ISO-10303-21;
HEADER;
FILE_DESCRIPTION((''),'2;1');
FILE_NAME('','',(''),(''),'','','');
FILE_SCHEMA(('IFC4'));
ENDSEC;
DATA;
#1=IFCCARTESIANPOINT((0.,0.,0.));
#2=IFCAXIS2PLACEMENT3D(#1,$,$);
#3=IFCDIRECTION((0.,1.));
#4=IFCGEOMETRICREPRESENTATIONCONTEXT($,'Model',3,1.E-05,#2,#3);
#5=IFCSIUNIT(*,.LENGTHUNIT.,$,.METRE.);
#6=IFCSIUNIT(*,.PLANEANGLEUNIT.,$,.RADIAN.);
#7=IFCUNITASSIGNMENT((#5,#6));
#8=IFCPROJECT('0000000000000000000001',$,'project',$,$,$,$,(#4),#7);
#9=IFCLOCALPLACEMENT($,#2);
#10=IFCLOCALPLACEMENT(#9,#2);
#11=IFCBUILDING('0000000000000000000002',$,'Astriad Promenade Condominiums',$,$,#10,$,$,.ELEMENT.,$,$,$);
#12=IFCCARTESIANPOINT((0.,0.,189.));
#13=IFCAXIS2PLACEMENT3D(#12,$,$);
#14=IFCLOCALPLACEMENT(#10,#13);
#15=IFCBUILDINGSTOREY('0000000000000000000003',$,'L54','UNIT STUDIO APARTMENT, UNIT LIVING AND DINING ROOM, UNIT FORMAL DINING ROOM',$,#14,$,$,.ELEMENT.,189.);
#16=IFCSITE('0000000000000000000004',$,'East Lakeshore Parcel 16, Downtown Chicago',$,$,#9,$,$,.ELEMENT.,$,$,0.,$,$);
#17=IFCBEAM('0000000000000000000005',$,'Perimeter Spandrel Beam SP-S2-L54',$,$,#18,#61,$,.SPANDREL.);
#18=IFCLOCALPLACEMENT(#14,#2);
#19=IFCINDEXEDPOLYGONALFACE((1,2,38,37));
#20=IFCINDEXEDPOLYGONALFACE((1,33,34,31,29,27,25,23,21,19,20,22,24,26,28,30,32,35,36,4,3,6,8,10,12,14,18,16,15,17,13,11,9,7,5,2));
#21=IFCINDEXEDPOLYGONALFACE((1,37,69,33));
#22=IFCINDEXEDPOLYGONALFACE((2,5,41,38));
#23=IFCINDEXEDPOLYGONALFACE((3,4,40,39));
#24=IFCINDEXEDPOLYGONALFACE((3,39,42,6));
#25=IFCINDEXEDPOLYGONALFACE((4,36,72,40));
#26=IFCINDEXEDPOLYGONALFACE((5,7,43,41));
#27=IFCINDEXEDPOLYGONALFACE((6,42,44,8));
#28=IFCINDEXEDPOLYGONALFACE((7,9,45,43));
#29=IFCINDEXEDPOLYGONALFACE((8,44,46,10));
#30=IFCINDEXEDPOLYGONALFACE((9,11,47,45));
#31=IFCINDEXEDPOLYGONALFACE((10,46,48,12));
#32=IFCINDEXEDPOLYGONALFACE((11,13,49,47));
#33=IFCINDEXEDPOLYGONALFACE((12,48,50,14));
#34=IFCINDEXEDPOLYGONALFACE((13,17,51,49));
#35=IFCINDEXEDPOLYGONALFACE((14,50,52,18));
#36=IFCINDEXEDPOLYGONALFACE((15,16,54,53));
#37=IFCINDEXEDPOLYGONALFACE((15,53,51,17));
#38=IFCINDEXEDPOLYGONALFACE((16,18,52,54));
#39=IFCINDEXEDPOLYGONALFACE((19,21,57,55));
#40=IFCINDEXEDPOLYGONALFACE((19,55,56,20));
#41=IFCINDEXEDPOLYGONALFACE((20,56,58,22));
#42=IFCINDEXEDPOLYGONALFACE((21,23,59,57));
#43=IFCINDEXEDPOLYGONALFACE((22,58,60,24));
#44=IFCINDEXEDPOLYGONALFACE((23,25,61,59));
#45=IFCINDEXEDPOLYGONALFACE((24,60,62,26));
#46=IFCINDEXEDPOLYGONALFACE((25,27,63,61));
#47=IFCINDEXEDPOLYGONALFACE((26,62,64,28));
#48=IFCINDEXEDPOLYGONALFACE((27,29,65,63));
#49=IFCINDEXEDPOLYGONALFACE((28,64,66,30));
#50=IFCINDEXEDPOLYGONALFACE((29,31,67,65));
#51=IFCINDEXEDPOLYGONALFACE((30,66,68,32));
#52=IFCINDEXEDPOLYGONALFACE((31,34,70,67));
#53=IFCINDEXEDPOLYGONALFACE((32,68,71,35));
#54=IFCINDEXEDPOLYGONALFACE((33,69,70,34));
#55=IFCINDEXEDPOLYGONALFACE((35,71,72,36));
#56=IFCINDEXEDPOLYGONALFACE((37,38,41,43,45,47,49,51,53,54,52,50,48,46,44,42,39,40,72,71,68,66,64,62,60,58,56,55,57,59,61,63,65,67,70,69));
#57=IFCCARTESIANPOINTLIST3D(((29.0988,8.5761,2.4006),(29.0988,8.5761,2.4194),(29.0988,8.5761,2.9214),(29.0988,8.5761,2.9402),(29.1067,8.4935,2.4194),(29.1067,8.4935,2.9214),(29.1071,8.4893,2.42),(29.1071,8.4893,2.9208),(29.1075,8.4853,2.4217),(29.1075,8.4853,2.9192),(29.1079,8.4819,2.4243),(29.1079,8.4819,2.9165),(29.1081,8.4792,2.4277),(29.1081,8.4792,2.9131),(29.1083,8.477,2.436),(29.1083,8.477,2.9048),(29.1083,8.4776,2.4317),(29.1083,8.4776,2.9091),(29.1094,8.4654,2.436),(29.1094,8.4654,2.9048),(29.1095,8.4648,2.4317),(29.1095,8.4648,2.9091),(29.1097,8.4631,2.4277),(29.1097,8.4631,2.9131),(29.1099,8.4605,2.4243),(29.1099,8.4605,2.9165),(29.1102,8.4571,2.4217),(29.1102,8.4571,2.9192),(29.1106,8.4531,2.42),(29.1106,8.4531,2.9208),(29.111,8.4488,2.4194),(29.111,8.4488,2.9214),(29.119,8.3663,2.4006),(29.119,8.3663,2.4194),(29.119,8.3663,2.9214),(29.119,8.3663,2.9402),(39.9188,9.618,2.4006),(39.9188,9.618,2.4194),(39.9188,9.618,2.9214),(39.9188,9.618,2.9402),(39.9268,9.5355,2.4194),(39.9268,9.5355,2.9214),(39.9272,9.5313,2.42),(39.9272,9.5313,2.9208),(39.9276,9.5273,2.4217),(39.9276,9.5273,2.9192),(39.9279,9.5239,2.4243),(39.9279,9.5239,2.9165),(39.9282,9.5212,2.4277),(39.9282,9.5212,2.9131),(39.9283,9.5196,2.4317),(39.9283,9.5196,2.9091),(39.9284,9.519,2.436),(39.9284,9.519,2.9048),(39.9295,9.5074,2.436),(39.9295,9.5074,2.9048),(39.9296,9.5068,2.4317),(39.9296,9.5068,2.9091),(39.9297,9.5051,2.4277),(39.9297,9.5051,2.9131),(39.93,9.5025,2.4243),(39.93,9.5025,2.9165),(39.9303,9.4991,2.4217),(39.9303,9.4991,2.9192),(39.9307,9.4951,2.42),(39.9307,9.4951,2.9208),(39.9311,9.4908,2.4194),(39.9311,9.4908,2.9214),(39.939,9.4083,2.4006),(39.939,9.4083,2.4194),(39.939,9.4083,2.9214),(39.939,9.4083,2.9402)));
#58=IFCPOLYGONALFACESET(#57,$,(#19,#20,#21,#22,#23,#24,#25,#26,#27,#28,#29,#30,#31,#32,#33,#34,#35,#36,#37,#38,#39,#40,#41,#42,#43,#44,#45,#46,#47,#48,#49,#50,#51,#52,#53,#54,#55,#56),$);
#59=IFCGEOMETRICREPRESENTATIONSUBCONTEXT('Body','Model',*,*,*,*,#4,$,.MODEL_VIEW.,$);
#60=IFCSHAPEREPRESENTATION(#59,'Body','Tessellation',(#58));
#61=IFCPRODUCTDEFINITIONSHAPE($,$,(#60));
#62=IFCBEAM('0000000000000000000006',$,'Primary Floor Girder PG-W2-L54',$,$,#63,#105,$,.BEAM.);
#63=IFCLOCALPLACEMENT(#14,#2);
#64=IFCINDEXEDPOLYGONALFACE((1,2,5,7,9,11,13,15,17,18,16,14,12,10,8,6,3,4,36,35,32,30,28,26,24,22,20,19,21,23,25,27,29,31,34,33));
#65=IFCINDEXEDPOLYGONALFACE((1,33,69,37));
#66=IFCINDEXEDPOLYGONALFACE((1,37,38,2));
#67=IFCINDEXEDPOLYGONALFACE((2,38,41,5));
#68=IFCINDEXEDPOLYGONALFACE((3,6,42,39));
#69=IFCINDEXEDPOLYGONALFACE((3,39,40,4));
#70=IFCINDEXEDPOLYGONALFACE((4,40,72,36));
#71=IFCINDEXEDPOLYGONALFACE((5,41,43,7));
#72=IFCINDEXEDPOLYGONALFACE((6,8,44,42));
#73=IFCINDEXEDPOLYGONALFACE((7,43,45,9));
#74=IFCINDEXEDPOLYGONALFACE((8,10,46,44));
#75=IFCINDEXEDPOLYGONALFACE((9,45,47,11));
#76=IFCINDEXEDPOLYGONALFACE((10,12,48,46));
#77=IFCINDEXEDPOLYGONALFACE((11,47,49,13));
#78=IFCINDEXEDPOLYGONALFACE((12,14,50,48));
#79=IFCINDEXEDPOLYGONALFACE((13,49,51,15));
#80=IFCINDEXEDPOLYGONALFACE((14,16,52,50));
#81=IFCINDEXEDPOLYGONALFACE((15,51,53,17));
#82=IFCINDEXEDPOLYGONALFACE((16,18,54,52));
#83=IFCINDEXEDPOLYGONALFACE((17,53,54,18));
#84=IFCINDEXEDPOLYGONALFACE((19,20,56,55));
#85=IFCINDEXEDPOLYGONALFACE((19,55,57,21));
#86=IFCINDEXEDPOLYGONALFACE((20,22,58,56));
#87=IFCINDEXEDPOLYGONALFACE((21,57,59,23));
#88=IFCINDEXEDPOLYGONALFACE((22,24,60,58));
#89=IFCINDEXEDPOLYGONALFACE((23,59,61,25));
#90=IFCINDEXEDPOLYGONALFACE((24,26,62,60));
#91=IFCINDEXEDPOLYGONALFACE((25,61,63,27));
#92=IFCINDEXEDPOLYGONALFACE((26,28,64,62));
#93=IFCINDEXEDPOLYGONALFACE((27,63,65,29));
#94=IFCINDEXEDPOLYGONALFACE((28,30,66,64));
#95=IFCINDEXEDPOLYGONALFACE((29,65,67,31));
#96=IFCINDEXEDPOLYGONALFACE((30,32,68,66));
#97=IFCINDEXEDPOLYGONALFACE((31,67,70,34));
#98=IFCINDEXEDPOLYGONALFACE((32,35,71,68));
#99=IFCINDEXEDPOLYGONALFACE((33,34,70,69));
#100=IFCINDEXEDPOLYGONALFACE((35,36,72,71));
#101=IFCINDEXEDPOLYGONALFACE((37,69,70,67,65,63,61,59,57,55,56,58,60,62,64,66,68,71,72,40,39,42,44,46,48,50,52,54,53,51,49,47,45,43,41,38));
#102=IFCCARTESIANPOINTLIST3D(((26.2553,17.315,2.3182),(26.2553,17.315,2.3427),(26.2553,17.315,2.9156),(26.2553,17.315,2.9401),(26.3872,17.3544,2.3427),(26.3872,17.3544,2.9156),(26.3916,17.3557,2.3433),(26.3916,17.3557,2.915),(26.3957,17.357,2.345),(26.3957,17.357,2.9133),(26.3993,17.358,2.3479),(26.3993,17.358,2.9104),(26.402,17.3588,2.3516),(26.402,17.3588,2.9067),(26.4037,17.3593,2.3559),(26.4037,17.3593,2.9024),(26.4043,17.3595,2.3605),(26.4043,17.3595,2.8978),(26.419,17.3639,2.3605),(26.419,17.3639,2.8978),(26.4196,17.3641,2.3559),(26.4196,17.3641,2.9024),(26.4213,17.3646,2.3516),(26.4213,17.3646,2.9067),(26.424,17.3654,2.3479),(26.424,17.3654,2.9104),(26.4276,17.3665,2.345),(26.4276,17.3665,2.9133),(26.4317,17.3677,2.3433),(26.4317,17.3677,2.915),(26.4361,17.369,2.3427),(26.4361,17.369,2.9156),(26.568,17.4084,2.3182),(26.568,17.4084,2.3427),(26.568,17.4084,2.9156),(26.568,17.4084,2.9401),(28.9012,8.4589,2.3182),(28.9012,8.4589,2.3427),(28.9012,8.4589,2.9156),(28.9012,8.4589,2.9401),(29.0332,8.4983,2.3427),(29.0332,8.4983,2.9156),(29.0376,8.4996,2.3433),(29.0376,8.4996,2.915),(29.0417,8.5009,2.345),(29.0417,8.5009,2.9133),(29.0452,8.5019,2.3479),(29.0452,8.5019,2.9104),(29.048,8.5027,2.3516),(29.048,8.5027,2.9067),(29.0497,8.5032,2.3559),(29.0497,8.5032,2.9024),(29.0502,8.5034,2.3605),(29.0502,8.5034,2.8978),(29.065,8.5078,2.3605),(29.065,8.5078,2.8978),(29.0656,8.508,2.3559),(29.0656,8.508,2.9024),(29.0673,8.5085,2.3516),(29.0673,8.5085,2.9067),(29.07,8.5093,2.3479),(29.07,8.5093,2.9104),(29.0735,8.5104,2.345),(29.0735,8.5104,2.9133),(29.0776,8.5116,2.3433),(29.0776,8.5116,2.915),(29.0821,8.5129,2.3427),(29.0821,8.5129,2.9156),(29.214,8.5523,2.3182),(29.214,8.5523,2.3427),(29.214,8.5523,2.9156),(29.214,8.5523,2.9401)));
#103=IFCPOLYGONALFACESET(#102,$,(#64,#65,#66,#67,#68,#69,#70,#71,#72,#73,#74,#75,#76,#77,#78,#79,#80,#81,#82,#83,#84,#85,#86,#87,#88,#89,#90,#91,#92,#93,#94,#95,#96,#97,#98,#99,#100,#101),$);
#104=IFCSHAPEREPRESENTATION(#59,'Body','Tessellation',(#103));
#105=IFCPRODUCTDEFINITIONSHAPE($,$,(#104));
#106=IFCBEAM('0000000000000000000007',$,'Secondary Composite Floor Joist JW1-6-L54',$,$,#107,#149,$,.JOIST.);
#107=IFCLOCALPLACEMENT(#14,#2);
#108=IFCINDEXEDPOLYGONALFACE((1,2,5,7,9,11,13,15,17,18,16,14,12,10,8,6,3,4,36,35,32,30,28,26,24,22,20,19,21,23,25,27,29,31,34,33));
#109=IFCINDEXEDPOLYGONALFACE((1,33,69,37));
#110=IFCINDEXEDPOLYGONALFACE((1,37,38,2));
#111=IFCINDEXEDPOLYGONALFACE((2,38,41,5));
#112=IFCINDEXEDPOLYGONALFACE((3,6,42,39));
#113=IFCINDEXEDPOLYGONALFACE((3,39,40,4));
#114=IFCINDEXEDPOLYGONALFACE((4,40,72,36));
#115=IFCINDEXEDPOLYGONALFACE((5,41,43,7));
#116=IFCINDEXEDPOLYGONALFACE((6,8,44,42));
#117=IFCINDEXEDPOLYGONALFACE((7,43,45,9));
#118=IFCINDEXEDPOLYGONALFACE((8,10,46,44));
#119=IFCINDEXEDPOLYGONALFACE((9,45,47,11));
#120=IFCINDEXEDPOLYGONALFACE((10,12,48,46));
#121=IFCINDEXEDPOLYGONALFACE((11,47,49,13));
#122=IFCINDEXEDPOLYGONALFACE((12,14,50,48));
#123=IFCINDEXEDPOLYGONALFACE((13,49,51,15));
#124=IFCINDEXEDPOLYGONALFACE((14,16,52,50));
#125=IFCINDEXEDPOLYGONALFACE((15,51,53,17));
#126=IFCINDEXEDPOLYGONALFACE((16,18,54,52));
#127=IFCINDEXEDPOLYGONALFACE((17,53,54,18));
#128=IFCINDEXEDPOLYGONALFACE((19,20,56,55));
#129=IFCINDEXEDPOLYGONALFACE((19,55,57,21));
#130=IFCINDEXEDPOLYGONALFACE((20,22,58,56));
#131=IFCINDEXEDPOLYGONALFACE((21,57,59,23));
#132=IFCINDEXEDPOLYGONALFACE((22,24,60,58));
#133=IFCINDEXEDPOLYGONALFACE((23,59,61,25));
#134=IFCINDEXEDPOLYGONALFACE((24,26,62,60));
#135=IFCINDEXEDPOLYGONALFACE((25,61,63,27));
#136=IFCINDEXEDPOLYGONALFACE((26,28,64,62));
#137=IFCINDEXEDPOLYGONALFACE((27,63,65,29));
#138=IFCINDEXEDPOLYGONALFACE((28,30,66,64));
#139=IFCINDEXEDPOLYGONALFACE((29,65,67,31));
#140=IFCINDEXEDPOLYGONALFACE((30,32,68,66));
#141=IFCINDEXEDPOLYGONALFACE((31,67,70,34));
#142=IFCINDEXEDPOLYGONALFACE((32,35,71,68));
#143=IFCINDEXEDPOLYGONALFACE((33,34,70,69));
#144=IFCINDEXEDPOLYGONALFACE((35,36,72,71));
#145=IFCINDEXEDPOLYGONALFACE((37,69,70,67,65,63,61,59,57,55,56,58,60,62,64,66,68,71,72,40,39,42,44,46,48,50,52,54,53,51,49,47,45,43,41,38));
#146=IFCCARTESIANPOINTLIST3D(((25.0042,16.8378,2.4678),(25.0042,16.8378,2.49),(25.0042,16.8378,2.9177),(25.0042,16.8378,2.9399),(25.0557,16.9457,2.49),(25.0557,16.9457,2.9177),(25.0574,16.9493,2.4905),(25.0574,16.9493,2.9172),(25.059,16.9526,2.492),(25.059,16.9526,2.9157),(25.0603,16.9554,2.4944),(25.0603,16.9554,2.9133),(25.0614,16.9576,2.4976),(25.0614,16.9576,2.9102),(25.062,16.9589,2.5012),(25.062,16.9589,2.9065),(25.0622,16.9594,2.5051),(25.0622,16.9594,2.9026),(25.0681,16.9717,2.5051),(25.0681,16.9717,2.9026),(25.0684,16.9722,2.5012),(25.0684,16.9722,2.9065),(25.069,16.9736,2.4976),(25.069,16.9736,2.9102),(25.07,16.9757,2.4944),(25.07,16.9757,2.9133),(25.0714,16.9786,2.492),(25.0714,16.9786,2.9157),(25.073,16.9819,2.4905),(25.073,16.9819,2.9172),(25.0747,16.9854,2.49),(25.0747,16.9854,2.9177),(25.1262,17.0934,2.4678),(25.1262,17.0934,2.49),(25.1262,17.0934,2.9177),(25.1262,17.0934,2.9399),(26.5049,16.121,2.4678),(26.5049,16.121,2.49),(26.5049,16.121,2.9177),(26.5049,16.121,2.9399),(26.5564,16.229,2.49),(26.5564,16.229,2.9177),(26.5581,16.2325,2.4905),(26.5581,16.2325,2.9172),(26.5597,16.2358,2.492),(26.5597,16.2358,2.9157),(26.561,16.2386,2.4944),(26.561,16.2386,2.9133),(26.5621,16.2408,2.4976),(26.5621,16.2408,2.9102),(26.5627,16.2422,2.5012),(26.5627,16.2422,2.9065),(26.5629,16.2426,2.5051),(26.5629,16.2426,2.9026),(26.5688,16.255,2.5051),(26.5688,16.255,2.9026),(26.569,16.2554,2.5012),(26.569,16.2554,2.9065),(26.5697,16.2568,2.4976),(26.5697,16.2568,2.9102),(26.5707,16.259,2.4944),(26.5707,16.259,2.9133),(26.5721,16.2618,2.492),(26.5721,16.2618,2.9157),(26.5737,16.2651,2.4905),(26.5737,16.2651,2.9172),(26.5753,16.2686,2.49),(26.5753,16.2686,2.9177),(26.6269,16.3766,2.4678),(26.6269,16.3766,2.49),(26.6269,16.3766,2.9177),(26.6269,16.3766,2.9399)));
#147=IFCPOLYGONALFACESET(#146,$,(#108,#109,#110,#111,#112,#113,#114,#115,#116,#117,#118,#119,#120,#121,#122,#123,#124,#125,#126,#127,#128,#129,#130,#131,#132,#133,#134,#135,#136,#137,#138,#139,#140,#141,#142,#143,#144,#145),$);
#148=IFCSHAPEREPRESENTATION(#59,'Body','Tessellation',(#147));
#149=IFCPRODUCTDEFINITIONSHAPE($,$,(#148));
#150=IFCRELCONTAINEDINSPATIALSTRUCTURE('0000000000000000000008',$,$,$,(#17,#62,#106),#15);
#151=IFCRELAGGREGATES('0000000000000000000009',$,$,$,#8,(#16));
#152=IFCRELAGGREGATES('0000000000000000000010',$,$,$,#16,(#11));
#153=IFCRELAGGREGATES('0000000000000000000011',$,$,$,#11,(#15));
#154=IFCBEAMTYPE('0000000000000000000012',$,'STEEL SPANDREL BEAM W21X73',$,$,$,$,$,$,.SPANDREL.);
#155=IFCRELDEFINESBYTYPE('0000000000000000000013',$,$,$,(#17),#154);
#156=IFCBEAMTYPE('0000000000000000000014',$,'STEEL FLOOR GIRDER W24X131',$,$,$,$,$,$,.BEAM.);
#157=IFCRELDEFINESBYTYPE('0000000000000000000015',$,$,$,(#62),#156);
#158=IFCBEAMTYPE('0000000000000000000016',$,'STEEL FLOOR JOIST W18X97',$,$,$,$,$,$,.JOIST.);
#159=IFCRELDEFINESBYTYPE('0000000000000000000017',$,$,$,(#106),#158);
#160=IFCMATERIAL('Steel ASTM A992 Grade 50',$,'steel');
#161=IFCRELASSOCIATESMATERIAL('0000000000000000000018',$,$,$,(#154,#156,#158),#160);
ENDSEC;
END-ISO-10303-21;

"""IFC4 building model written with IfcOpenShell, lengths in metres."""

from ifc_helpers import new_model, si_unit, direction, frame, origin, origin_2d, place, context, subcontext, project, spatial, i_section, extrude, source, transform, mapped, material, material_profile, profile_set, type_object, type_shapes, element, save


model = new_model("IFC4")

# Units and contexts
model_context = context("Model", 3, precision=1e-05, world=origin(), true_north=direction((0.0, 1.0)))
body_context = subcontext(model_context, "Body", "Model", "MODEL_VIEW")
ifc_project = project(units=[si_unit("LENGTHUNIT", "METRE"), si_unit("PLANEANGLEUNIT", "RADIAN")], contexts=[model_context])

# Site, building, storey
site_placement = place(None, origin())
site = spatial("IfcSite", under=ifc_project, at=site_placement, Name="East Lakeshore Parcel 16, Downtown Chicago", CompositionType="ELEMENT", RefElevation=0.0)
building_placement = place(site_placement, origin())
building = spatial("IfcBuilding", under=site, at=building_placement, Name="Astriad Promenade Condominiums", CompositionType="ELEMENT")
storey_placement = place(building_placement, frame((0.0, 0.0, 189.0)))
storey = spatial("IfcBuildingStorey", under=building, at=storey_placement, Name="L54", Description="UNIT STUDIO APARTMENT, UNIT LIVING AND DINING ROOM, UNIT FORMAL DINING ROOM", CompositionType="ELEMENT", Elevation=189.0)

# Shared definitions
ifc_material_1 = material(Name="Steel ASTM A992 Grade 50", Category="steel")

# Beams
ifc_material_profile_1 = material_profile(ifc_material_1, i_section(OverallWidth=0.2107, OverallDepth=0.5396, WebThickness=0.0117, FlangeThickness=0.0188, FilletRadius=0.0166, at=origin_2d()), Name="W21X73")
ifc_profile_set_1 = profile_set([ifc_material_profile_1], Name="Steel ASTM A992 Grade 50")
beam_type_1 = type_object("IfcBeamType", Name="STEEL SPANDREL BEAM W21X73", PredefinedType="SPANDREL", material=ifc_profile_set_1)
shared_shape_1 = source(origin(), body_context, "Body", "SweptSolid", [
    extrude(i_section(OverallWidth=0.2107, OverallDepth=0.5396, WebThickness=0.0117, FlangeThickness=0.0188, FilletRadius=0.0166, at=origin_2d()), origin(), (0.0, 0.0, 1.0), 10.8701),
])
type_shapes(beam_type_1, [shared_shape_1])
beam_1_placement = place(storey_placement, frame((29.1089, 8.4712, 2.6704), z_axis=(0.995395, 0.095858, 0.0), x_axis=(-0.095858, 0.995395, 0.0)))
element("IfcBeam", 1, at=beam_1_placement, inside=storey, type_object=beam_type_1, Name="Perimeter Spandrel Beam SP-S2-L54", PredefinedType="SPANDREL", context=body_context, shape_type="MappedRepresentation", body=[
    mapped(shared_shape_1, transform((0.0, 0.0, 0.0), scale=1.0)),
])
ifc_material_profile_2 = material_profile(ifc_material_1, i_section(OverallWidth=0.3264, OverallDepth=0.6218, WebThickness=0.0154, FlangeThickness=0.0244, FilletRadius=0.0178, at=origin_2d()), Name="W24X131")
ifc_profile_set_2 = profile_set([ifc_material_profile_2], Name="Steel ASTM A992 Grade 50")
beam_type_2 = type_object("IfcBeamType", Name="STEEL FLOOR GIRDER W24X131", PredefinedType="BEAM", material=ifc_profile_set_2)
shared_shape_2 = source(origin(), body_context, "Body", "SweptSolid", [
    extrude(i_section(OverallWidth=0.3264, OverallDepth=0.6218, WebThickness=0.0154, FlangeThickness=0.0244, FilletRadius=0.0178, at=origin_2d()), origin(), (0.0, 0.0, 1.0), 9.2429),
])
type_shapes(beam_type_2, [shared_shape_2])
beam_2_placement = place(storey_placement, frame((29.0576, 8.5056, 2.6292), z_axis=(-0.286269, 0.958149, 0.0), x_axis=(-0.958149, -0.286269, 0.0)))
element("IfcBeam", 2, at=beam_2_placement, inside=storey, type_object=beam_type_2, Name="Primary Floor Girder PG-W2-L54", PredefinedType="BEAM", context=body_context, shape_type="MappedRepresentation", body=[
    mapped(shared_shape_2, transform((0.0, 0.0, 0.0), scale=1.0)),
])
ifc_material_profile_3 = material_profile(ifc_material_1, i_section(OverallWidth=0.2832, OverallDepth=0.4722, WebThickness=0.0137, FlangeThickness=0.0222, FilletRadius=0.0151, at=origin_2d()), Name="W18X97")
ifc_profile_set_3 = profile_set([ifc_material_profile_3], Name="Steel ASTM A992 Grade 50")
beam_type_3 = type_object("IfcBeamType", Name="STEEL FLOOR JOIST W18X97", PredefinedType="JOIST", material=ifc_profile_set_3)
shared_shape_3 = source(origin(), body_context, "Body", "SweptSolid", [
    extrude(i_section(OverallWidth=0.2832, OverallDepth=0.4722, WebThickness=0.0137, FlangeThickness=0.0222, FilletRadius=0.0151, at=origin_2d()), origin(), (0.0, 0.0, 1.0), 1.6631),
])
type_shapes(beam_type_3, [shared_shape_3])
beam_3_placement = place(storey_placement, frame((25.0652, 16.9656, 2.7039), z_axis=(0.902355, -0.430993, 0.0), x_axis=(0.430993, 0.902355, 0.0)))
element("IfcBeam", 3, at=beam_3_placement, inside=storey, type_object=beam_type_3, Name="Secondary Composite Floor Joist JW1-6-L54", PredefinedType="JOIST", context=body_context, shape_type="MappedRepresentation", body=[
    mapped(shared_shape_3, transform((0.0, 0.0, 0.0), scale=1.0)),
])

save(model, "model.ifc")
